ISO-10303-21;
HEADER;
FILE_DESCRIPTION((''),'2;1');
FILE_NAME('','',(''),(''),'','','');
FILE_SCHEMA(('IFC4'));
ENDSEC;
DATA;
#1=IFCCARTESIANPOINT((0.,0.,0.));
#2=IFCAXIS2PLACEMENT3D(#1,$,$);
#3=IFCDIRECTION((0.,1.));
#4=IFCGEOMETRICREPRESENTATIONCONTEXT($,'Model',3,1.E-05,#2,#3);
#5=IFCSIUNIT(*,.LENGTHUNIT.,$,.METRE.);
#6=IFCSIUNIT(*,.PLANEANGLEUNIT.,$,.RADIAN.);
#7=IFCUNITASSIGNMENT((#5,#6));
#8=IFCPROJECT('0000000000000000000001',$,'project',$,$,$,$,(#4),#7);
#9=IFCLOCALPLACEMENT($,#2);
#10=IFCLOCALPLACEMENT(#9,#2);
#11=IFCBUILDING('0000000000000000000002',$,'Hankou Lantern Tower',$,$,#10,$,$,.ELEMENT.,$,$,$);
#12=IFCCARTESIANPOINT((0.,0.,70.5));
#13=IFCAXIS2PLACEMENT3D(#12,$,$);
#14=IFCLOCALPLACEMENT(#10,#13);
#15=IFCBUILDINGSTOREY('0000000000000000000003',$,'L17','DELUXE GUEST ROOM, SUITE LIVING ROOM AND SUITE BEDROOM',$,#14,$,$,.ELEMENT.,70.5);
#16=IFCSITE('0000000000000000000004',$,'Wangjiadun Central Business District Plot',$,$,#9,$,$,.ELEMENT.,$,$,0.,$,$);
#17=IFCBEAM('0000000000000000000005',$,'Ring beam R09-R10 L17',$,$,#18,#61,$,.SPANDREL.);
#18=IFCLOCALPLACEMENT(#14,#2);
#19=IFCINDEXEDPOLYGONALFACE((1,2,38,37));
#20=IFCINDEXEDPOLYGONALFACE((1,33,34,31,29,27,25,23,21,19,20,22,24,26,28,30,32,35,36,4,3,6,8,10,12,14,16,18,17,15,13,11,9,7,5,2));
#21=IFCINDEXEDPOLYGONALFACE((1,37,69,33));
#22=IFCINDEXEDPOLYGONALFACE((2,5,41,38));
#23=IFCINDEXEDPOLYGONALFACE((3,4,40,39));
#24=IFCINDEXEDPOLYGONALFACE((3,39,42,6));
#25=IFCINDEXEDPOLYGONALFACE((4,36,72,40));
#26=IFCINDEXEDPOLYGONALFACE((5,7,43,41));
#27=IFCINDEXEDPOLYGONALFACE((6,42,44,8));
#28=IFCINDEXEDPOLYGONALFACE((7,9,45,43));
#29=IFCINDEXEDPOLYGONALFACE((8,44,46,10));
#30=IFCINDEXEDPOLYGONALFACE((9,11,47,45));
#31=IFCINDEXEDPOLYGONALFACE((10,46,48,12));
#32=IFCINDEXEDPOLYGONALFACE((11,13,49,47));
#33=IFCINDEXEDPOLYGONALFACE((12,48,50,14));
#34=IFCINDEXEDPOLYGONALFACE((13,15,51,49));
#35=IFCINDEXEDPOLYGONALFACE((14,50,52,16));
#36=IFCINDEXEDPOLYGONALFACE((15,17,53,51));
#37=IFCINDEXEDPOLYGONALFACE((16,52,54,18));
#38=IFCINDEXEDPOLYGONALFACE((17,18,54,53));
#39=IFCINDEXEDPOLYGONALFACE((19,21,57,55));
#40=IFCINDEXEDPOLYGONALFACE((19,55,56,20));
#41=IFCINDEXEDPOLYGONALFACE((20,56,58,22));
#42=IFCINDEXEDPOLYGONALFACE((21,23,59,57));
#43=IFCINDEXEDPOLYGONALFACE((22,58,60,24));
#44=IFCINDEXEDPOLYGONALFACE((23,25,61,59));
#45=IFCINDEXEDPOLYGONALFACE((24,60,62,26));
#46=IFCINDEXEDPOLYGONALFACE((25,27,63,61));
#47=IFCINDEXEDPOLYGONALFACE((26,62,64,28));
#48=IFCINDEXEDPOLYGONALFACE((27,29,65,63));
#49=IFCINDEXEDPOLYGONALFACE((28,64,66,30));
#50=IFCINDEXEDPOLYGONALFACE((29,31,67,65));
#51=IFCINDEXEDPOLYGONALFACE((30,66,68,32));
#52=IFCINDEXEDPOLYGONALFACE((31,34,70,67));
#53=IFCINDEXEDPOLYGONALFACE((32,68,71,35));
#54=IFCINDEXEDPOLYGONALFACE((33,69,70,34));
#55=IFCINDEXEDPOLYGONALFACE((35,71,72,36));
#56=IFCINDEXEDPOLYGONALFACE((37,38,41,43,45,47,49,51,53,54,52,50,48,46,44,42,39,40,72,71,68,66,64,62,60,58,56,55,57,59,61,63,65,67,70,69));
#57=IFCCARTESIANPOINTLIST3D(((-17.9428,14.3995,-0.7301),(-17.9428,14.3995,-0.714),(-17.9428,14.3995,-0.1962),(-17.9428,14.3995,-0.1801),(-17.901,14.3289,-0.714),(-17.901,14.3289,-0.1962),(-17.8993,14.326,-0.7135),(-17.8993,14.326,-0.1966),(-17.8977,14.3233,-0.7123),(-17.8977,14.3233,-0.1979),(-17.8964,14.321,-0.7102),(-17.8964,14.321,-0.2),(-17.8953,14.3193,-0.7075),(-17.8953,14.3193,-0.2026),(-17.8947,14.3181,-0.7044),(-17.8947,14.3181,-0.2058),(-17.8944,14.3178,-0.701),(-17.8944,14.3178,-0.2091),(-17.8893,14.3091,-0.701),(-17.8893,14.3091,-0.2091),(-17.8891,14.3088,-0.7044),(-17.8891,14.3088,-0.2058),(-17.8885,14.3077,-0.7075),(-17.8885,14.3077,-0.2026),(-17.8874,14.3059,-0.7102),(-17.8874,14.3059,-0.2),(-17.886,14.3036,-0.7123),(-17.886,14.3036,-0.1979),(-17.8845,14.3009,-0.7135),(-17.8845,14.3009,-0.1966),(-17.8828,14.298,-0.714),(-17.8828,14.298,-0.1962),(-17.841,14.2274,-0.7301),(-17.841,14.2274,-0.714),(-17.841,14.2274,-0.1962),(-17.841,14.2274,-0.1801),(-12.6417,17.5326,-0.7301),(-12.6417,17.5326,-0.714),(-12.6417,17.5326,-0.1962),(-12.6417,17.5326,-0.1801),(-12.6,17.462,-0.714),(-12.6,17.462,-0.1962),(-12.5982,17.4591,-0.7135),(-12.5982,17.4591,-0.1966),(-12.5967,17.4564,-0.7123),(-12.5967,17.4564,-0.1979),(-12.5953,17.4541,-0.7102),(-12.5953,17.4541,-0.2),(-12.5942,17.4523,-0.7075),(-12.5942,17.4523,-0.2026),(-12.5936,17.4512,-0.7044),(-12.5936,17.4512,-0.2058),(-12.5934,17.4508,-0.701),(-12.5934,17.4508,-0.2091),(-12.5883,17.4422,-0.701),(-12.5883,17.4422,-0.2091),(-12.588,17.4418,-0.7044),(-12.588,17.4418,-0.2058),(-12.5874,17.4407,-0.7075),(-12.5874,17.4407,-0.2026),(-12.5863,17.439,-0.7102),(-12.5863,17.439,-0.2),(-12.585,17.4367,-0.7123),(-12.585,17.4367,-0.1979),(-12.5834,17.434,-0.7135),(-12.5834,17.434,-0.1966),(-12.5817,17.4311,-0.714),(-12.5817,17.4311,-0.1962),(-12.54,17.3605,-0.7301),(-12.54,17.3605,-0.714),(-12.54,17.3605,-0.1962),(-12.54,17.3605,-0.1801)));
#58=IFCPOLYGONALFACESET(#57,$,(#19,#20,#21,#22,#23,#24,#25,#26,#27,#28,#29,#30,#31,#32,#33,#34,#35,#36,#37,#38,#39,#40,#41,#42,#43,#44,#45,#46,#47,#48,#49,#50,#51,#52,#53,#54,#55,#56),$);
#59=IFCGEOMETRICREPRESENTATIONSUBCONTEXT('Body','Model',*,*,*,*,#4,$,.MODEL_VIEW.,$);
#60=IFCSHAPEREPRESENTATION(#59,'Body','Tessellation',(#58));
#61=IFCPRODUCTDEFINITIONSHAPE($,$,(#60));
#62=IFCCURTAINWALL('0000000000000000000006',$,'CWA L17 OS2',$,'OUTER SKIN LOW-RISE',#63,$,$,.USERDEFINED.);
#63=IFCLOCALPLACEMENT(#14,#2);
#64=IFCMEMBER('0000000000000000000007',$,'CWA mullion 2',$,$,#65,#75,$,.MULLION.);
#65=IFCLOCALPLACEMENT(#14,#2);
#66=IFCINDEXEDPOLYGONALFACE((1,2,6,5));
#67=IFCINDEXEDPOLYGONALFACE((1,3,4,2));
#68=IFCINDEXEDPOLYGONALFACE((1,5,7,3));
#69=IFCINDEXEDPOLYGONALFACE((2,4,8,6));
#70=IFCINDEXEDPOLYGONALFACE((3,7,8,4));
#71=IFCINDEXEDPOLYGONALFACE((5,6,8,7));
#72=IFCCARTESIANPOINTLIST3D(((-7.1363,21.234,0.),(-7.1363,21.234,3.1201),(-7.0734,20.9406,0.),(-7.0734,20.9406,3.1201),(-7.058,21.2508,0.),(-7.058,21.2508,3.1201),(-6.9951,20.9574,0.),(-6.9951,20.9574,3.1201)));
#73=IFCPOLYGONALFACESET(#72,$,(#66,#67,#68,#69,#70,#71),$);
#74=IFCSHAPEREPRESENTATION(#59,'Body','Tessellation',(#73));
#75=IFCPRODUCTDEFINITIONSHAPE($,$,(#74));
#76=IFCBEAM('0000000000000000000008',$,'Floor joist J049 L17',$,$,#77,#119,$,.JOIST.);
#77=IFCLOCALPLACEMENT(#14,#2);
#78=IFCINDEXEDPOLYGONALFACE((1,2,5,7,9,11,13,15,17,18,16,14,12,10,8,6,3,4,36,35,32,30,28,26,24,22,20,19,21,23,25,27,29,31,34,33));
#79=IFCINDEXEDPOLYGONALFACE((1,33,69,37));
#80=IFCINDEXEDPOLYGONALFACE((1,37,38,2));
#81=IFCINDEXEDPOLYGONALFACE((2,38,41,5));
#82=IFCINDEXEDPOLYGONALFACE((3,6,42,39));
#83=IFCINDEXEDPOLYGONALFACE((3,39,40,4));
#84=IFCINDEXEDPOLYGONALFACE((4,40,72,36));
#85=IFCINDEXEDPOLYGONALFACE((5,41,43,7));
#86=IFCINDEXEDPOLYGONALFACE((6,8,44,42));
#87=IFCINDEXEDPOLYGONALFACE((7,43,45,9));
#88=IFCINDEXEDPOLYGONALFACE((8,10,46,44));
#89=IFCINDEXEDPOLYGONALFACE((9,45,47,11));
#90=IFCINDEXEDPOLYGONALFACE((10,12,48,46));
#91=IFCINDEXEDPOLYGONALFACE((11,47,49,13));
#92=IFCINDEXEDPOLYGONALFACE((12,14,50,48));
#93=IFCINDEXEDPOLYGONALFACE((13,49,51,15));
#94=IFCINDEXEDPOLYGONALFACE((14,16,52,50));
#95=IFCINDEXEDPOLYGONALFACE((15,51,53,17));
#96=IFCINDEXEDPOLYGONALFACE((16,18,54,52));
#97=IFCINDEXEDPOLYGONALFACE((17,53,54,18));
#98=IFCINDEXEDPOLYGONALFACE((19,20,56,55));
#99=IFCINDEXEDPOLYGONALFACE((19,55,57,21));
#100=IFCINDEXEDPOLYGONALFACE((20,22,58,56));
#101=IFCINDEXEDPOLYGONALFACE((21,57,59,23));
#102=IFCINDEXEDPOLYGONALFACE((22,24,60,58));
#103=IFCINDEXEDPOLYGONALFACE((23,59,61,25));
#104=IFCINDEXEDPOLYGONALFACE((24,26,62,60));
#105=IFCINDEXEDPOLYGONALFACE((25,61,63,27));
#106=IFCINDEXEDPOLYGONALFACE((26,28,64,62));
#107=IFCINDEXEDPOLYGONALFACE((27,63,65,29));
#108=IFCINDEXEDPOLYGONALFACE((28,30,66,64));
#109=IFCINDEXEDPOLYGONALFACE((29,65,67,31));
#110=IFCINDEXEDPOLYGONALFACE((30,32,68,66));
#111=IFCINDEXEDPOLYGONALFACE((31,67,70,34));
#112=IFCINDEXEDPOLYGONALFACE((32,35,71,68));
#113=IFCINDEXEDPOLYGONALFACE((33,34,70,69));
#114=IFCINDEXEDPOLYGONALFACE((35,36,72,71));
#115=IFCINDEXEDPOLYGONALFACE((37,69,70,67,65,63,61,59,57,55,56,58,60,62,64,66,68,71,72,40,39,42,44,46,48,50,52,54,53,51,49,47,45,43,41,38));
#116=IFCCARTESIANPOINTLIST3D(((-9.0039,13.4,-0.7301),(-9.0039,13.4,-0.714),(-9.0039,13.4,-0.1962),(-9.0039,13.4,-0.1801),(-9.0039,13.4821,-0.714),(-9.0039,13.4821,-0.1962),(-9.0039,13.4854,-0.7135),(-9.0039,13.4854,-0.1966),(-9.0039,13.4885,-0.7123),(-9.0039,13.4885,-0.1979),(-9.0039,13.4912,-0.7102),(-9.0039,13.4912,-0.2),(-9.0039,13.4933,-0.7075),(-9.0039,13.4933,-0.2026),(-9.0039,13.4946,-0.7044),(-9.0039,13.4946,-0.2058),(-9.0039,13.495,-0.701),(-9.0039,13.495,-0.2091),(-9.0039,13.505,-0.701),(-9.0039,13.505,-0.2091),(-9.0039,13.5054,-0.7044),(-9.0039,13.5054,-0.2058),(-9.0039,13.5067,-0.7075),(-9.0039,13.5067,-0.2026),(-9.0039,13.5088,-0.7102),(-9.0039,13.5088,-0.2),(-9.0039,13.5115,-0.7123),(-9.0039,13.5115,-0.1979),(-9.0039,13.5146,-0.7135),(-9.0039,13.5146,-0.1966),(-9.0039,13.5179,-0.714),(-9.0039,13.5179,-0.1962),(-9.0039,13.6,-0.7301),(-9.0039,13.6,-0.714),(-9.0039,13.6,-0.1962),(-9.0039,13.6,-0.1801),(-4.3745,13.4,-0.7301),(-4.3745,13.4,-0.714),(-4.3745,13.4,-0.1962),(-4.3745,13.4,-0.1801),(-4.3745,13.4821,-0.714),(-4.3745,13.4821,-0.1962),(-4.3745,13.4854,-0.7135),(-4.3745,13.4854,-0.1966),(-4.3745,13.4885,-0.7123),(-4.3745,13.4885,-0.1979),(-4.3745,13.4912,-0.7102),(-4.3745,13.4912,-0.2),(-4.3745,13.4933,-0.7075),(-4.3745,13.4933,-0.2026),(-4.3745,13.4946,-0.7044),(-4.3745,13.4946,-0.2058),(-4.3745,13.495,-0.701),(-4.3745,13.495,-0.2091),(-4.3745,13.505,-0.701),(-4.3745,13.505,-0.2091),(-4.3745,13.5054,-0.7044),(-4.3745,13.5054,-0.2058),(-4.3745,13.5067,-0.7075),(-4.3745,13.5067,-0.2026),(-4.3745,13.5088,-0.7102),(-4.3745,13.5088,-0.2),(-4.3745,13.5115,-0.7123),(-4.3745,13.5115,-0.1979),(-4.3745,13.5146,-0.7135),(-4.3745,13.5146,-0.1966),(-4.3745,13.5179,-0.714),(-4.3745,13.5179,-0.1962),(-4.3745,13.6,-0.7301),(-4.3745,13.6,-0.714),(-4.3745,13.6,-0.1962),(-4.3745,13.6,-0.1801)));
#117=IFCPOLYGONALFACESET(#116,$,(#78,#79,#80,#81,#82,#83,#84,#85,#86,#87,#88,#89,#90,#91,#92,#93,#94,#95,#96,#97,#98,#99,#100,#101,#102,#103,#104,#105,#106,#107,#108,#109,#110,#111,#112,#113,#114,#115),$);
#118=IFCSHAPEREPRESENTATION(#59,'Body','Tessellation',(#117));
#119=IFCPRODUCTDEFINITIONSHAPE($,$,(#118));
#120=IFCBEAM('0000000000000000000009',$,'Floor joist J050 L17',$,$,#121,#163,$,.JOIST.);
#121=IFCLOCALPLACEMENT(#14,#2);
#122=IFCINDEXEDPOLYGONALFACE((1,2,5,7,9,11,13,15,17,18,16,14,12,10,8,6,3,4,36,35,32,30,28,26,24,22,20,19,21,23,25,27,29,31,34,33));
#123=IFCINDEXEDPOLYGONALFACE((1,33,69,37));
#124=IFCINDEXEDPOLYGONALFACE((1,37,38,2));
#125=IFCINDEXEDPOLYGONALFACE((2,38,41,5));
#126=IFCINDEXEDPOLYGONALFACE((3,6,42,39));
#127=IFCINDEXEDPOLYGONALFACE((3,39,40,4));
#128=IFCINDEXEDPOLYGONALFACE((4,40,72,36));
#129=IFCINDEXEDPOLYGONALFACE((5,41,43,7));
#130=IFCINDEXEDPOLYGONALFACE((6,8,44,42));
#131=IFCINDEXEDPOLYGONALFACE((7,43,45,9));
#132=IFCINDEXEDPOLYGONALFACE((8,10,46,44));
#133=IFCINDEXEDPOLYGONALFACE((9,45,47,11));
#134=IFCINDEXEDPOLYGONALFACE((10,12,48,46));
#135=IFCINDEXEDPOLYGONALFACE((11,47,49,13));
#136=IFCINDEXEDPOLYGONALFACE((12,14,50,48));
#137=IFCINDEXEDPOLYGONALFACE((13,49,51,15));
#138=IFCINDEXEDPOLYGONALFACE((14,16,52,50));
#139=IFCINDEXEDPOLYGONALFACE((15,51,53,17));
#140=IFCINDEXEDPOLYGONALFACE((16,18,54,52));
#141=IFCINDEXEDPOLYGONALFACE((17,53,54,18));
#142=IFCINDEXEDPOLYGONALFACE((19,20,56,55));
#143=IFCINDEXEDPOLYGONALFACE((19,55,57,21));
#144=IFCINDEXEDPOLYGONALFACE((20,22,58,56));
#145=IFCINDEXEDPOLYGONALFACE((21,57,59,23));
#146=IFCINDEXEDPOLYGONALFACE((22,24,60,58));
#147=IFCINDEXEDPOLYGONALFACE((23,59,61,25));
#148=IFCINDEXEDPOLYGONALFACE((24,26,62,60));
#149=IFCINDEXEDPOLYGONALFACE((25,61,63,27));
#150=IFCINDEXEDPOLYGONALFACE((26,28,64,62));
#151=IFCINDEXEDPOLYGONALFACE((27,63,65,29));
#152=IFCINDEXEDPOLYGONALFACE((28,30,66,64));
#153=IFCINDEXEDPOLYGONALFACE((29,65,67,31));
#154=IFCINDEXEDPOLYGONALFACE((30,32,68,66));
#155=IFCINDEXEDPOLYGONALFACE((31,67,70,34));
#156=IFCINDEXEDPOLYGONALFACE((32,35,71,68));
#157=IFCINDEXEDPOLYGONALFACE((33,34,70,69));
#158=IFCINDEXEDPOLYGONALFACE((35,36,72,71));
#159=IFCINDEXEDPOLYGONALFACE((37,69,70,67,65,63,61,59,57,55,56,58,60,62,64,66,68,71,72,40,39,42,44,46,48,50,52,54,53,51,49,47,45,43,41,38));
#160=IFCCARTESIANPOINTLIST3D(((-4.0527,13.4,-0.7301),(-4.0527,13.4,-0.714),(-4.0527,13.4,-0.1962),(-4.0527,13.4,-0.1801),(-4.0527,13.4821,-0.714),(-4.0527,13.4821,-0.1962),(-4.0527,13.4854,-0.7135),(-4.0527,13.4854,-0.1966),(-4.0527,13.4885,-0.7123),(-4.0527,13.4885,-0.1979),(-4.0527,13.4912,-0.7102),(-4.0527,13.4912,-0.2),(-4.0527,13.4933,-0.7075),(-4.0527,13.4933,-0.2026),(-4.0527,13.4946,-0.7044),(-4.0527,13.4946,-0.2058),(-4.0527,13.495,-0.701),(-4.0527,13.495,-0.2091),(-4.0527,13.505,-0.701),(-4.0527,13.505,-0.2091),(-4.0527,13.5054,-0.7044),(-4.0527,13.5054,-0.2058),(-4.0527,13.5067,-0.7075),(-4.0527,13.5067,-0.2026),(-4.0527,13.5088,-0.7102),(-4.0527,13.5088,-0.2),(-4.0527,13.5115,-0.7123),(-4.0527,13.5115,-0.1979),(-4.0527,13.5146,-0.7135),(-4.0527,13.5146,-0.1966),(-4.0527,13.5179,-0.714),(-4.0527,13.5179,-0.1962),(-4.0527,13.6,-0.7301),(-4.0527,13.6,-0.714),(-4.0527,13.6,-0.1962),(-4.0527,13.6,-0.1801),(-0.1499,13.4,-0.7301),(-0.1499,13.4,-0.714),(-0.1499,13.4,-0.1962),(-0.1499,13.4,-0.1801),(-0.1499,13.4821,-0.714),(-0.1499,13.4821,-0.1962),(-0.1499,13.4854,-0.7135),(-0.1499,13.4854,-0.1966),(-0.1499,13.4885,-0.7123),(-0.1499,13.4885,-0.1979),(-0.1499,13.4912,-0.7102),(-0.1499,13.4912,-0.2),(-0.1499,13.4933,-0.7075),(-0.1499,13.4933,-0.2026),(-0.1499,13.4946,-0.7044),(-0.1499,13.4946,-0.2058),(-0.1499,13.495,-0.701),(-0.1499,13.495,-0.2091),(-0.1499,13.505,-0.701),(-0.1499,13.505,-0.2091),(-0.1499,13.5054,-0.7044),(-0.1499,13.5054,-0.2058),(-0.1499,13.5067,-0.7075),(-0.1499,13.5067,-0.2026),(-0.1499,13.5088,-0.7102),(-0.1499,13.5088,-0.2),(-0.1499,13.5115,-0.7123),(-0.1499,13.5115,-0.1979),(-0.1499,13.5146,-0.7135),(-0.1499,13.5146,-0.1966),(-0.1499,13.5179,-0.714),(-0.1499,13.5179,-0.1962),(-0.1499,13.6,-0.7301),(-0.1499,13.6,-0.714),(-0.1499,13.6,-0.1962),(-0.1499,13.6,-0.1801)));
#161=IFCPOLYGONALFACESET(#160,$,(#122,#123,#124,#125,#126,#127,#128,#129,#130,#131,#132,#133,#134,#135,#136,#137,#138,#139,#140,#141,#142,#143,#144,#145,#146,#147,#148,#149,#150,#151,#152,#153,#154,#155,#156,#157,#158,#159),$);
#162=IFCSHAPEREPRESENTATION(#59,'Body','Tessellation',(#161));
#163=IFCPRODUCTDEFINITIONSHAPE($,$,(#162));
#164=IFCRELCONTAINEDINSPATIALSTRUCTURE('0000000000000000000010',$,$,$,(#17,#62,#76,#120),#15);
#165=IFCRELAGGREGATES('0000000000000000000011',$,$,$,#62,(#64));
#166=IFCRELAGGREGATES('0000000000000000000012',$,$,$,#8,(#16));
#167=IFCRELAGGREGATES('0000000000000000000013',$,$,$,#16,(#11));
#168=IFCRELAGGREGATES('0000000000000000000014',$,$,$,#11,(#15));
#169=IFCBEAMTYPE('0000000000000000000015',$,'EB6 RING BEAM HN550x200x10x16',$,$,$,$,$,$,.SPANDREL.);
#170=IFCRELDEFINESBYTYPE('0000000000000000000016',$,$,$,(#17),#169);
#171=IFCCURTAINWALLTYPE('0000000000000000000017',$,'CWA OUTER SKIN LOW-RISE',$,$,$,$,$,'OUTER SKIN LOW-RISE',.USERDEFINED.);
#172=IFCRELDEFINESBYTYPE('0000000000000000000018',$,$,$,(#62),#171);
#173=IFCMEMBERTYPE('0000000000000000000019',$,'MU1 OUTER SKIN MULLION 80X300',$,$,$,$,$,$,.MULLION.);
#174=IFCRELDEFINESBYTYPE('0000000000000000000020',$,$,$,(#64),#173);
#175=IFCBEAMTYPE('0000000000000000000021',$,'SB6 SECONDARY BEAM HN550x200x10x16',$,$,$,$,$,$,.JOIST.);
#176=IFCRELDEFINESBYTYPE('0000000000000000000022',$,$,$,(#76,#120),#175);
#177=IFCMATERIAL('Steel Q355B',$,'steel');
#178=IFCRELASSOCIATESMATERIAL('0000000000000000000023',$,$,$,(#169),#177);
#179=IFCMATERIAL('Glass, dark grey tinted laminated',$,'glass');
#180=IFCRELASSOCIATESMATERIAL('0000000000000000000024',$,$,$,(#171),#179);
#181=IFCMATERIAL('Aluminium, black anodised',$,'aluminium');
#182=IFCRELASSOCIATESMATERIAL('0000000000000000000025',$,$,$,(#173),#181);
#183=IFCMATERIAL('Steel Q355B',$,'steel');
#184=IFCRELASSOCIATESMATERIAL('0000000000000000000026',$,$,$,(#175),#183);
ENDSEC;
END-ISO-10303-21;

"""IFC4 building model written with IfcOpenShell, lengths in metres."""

from ifc_helpers import new_model, si_unit, direction, frame, origin, origin_2d, place, context, subcontext, project, spatial, rectangle, i_section, extrude, material, material_profile, profile_set, type_object, element, aggregate, save


model = new_model("IFC4")

# Units and contexts
model_context = context("Model", 3, precision=1e-05, world=origin(), true_north=direction((0.0, 1.0)))
body_context = subcontext(model_context, "Body", "Model", "MODEL_VIEW")
ifc_project = project(units=[si_unit("LENGTHUNIT", "METRE"), si_unit("PLANEANGLEUNIT", "RADIAN")], contexts=[model_context])

# Site, building, storey
site_placement = place(None, origin())
site = spatial("IfcSite", under=ifc_project, at=site_placement, Name="Wangjiadun Central Business District Plot", CompositionType="ELEMENT", RefElevation=0.0)
building_placement = place(site_placement, origin())
building = spatial("IfcBuilding", under=site, at=building_placement, Name="Hankou Lantern Tower", CompositionType="ELEMENT")
storey_placement = place(building_placement, frame((0.0, 0.0, 70.5)))
storey = spatial("IfcBuildingStorey", under=building, at=storey_placement, Name="L17", Description="DELUXE GUEST ROOM, SUITE LIVING ROOM AND SUITE BEDROOM", CompositionType="ELEMENT", Elevation=70.5)

# Beam
ifc_material_1 = material(Name="Steel Q355B", Category="steel")
ifc_material_profile_1 = material_profile(ifc_material_1, i_section(OverallWidth=0.2, OverallDepth=0.55, WebThickness=0.01, FlangeThickness=0.0161, FilletRadius=0.0129, at=origin_2d()), Name="HN550x200x10x16")
ifc_profile_set_1 = profile_set([ifc_material_profile_1], Name="Steel Q355B")
beam_type_1 = type_object("IfcBeamType", Name="EB6 RING BEAM HN550x200x10x16", PredefinedType="SPANDREL", material=ifc_profile_set_1)
beam_1_placement = place(storey_placement, frame((-12.5908, 17.4465, -0.4551), z_axis=(-0.860882, -0.508805, 0.0), x_axis=(0.508805, -0.860882, 0.0)))
element("IfcBeam", 1, at=beam_1_placement, inside=storey, type_object=beam_type_1, Name="Ring beam R09-R10 L17", PredefinedType="SPANDREL", context=body_context, shape_type="SweptSolid", body=[
    extrude(i_section(OverallWidth=0.2, OverallDepth=0.55, WebThickness=0.01, FlangeThickness=0.0161, FilletRadius=0.0129, at=origin_2d()), origin(), (0.0, 0.0, 1.0), 6.1577),
])

# Curtain wall, member
ifc_material_2 = material(Name="Glass, dark grey tinted laminated", Category="glass")
curtain_wall_type = type_object("IfcCurtainWallType", Name="CWA OUTER SKIN LOW-RISE", ElementType="OUTER SKIN LOW-RISE", PredefinedType="USERDEFINED", material=ifc_material_2)
curtain_wall_placement = place(storey_placement, origin())
curtain_wall = element("IfcCurtainWall", 2, at=curtain_wall_placement, inside=storey, type_object=curtain_wall_type, Name="CWA L17 OS2", ObjectType="OUTER SKIN LOW-RISE", PredefinedType="USERDEFINED")
ifc_material_3 = material(Name="Aluminium, black anodised", Category="aluminium")
ifc_material_profile_2 = material_profile(ifc_material_3, rectangle(XDim=0.0801, YDim=0.3, at=origin_2d()), Name="MU1 80X300")
ifc_profile_set_2 = profile_set([ifc_material_profile_2], Name="Aluminium, black anodised")
member_type_1 = type_object("IfcMemberType", Name="MU1 OUTER SKIN MULLION 80X300", PredefinedType="MULLION", material=ifc_profile_set_2)
member_1_placement = place(storey_placement, frame((-7.0657, 21.0957, 0.0), z_axis=(0.0, 0.0, 1.0), x_axis=(-0.977788, -0.209598, 0.0)))
member_1 = element("IfcMember", 3, at=member_1_placement, type_object=member_type_1, Name="CWA mullion 2", PredefinedType="MULLION", context=body_context, shape_type="SweptSolid", body=[
    extrude(rectangle(XDim=0.0801, YDim=0.3, at=origin_2d()), origin(), (0.0, 0.0, 1.0), 3.1201),
])

# Beams
ifc_material_4 = material(Name="Steel Q355B", Category="steel")
ifc_material_profile_3 = material_profile(ifc_material_4, i_section(OverallWidth=0.2, OverallDepth=0.55, WebThickness=0.01, FlangeThickness=0.0161, FilletRadius=0.0129, at=origin_2d()), Name="HN550x200x10x16")
ifc_profile_set_3 = profile_set([ifc_material_profile_3], Name="Steel Q355B")
beam_type_2 = type_object("IfcBeamType", Name="SB6 SECONDARY BEAM HN550x200x10x16", PredefinedType="JOIST", material=ifc_profile_set_3)
beam_2_placement = place(storey_placement, frame((-9.0039, 13.5, -0.4551), z_axis=(1.0, 0.0, 0.0), x_axis=(0.0, 1.0, 0.0)))
element("IfcBeam", 4, at=beam_2_placement, inside=storey, type_object=beam_type_2, Name="Floor joist J049 L17", PredefinedType="JOIST", context=body_context, shape_type="SweptSolid", body=[
    extrude(i_section(OverallWidth=0.2, OverallDepth=0.55, WebThickness=0.01, FlangeThickness=0.0161, FilletRadius=0.0129, at=origin_2d()), origin(), (0.0, 0.0, 1.0), 4.6294),
])
beam_3_placement = place(storey_placement, frame((-4.0527, 13.5, -0.4551), z_axis=(1.0, 0.0, 0.0), x_axis=(0.0, 1.0, 0.0)))
element("IfcBeam", 5, at=beam_3_placement, inside=storey, type_object=beam_type_2, Name="Floor joist J050 L17", PredefinedType="JOIST", context=body_context, shape_type="SweptSolid", body=[
    extrude(i_section(OverallWidth=0.2, OverallDepth=0.55, WebThickness=0.01, FlangeThickness=0.0161, FilletRadius=0.0129, at=origin_2d()), origin(), (0.0, 0.0, 1.0), 3.9028),
])

aggregate(curtain_wall, [member_1])

save(model, "model.ifc")
